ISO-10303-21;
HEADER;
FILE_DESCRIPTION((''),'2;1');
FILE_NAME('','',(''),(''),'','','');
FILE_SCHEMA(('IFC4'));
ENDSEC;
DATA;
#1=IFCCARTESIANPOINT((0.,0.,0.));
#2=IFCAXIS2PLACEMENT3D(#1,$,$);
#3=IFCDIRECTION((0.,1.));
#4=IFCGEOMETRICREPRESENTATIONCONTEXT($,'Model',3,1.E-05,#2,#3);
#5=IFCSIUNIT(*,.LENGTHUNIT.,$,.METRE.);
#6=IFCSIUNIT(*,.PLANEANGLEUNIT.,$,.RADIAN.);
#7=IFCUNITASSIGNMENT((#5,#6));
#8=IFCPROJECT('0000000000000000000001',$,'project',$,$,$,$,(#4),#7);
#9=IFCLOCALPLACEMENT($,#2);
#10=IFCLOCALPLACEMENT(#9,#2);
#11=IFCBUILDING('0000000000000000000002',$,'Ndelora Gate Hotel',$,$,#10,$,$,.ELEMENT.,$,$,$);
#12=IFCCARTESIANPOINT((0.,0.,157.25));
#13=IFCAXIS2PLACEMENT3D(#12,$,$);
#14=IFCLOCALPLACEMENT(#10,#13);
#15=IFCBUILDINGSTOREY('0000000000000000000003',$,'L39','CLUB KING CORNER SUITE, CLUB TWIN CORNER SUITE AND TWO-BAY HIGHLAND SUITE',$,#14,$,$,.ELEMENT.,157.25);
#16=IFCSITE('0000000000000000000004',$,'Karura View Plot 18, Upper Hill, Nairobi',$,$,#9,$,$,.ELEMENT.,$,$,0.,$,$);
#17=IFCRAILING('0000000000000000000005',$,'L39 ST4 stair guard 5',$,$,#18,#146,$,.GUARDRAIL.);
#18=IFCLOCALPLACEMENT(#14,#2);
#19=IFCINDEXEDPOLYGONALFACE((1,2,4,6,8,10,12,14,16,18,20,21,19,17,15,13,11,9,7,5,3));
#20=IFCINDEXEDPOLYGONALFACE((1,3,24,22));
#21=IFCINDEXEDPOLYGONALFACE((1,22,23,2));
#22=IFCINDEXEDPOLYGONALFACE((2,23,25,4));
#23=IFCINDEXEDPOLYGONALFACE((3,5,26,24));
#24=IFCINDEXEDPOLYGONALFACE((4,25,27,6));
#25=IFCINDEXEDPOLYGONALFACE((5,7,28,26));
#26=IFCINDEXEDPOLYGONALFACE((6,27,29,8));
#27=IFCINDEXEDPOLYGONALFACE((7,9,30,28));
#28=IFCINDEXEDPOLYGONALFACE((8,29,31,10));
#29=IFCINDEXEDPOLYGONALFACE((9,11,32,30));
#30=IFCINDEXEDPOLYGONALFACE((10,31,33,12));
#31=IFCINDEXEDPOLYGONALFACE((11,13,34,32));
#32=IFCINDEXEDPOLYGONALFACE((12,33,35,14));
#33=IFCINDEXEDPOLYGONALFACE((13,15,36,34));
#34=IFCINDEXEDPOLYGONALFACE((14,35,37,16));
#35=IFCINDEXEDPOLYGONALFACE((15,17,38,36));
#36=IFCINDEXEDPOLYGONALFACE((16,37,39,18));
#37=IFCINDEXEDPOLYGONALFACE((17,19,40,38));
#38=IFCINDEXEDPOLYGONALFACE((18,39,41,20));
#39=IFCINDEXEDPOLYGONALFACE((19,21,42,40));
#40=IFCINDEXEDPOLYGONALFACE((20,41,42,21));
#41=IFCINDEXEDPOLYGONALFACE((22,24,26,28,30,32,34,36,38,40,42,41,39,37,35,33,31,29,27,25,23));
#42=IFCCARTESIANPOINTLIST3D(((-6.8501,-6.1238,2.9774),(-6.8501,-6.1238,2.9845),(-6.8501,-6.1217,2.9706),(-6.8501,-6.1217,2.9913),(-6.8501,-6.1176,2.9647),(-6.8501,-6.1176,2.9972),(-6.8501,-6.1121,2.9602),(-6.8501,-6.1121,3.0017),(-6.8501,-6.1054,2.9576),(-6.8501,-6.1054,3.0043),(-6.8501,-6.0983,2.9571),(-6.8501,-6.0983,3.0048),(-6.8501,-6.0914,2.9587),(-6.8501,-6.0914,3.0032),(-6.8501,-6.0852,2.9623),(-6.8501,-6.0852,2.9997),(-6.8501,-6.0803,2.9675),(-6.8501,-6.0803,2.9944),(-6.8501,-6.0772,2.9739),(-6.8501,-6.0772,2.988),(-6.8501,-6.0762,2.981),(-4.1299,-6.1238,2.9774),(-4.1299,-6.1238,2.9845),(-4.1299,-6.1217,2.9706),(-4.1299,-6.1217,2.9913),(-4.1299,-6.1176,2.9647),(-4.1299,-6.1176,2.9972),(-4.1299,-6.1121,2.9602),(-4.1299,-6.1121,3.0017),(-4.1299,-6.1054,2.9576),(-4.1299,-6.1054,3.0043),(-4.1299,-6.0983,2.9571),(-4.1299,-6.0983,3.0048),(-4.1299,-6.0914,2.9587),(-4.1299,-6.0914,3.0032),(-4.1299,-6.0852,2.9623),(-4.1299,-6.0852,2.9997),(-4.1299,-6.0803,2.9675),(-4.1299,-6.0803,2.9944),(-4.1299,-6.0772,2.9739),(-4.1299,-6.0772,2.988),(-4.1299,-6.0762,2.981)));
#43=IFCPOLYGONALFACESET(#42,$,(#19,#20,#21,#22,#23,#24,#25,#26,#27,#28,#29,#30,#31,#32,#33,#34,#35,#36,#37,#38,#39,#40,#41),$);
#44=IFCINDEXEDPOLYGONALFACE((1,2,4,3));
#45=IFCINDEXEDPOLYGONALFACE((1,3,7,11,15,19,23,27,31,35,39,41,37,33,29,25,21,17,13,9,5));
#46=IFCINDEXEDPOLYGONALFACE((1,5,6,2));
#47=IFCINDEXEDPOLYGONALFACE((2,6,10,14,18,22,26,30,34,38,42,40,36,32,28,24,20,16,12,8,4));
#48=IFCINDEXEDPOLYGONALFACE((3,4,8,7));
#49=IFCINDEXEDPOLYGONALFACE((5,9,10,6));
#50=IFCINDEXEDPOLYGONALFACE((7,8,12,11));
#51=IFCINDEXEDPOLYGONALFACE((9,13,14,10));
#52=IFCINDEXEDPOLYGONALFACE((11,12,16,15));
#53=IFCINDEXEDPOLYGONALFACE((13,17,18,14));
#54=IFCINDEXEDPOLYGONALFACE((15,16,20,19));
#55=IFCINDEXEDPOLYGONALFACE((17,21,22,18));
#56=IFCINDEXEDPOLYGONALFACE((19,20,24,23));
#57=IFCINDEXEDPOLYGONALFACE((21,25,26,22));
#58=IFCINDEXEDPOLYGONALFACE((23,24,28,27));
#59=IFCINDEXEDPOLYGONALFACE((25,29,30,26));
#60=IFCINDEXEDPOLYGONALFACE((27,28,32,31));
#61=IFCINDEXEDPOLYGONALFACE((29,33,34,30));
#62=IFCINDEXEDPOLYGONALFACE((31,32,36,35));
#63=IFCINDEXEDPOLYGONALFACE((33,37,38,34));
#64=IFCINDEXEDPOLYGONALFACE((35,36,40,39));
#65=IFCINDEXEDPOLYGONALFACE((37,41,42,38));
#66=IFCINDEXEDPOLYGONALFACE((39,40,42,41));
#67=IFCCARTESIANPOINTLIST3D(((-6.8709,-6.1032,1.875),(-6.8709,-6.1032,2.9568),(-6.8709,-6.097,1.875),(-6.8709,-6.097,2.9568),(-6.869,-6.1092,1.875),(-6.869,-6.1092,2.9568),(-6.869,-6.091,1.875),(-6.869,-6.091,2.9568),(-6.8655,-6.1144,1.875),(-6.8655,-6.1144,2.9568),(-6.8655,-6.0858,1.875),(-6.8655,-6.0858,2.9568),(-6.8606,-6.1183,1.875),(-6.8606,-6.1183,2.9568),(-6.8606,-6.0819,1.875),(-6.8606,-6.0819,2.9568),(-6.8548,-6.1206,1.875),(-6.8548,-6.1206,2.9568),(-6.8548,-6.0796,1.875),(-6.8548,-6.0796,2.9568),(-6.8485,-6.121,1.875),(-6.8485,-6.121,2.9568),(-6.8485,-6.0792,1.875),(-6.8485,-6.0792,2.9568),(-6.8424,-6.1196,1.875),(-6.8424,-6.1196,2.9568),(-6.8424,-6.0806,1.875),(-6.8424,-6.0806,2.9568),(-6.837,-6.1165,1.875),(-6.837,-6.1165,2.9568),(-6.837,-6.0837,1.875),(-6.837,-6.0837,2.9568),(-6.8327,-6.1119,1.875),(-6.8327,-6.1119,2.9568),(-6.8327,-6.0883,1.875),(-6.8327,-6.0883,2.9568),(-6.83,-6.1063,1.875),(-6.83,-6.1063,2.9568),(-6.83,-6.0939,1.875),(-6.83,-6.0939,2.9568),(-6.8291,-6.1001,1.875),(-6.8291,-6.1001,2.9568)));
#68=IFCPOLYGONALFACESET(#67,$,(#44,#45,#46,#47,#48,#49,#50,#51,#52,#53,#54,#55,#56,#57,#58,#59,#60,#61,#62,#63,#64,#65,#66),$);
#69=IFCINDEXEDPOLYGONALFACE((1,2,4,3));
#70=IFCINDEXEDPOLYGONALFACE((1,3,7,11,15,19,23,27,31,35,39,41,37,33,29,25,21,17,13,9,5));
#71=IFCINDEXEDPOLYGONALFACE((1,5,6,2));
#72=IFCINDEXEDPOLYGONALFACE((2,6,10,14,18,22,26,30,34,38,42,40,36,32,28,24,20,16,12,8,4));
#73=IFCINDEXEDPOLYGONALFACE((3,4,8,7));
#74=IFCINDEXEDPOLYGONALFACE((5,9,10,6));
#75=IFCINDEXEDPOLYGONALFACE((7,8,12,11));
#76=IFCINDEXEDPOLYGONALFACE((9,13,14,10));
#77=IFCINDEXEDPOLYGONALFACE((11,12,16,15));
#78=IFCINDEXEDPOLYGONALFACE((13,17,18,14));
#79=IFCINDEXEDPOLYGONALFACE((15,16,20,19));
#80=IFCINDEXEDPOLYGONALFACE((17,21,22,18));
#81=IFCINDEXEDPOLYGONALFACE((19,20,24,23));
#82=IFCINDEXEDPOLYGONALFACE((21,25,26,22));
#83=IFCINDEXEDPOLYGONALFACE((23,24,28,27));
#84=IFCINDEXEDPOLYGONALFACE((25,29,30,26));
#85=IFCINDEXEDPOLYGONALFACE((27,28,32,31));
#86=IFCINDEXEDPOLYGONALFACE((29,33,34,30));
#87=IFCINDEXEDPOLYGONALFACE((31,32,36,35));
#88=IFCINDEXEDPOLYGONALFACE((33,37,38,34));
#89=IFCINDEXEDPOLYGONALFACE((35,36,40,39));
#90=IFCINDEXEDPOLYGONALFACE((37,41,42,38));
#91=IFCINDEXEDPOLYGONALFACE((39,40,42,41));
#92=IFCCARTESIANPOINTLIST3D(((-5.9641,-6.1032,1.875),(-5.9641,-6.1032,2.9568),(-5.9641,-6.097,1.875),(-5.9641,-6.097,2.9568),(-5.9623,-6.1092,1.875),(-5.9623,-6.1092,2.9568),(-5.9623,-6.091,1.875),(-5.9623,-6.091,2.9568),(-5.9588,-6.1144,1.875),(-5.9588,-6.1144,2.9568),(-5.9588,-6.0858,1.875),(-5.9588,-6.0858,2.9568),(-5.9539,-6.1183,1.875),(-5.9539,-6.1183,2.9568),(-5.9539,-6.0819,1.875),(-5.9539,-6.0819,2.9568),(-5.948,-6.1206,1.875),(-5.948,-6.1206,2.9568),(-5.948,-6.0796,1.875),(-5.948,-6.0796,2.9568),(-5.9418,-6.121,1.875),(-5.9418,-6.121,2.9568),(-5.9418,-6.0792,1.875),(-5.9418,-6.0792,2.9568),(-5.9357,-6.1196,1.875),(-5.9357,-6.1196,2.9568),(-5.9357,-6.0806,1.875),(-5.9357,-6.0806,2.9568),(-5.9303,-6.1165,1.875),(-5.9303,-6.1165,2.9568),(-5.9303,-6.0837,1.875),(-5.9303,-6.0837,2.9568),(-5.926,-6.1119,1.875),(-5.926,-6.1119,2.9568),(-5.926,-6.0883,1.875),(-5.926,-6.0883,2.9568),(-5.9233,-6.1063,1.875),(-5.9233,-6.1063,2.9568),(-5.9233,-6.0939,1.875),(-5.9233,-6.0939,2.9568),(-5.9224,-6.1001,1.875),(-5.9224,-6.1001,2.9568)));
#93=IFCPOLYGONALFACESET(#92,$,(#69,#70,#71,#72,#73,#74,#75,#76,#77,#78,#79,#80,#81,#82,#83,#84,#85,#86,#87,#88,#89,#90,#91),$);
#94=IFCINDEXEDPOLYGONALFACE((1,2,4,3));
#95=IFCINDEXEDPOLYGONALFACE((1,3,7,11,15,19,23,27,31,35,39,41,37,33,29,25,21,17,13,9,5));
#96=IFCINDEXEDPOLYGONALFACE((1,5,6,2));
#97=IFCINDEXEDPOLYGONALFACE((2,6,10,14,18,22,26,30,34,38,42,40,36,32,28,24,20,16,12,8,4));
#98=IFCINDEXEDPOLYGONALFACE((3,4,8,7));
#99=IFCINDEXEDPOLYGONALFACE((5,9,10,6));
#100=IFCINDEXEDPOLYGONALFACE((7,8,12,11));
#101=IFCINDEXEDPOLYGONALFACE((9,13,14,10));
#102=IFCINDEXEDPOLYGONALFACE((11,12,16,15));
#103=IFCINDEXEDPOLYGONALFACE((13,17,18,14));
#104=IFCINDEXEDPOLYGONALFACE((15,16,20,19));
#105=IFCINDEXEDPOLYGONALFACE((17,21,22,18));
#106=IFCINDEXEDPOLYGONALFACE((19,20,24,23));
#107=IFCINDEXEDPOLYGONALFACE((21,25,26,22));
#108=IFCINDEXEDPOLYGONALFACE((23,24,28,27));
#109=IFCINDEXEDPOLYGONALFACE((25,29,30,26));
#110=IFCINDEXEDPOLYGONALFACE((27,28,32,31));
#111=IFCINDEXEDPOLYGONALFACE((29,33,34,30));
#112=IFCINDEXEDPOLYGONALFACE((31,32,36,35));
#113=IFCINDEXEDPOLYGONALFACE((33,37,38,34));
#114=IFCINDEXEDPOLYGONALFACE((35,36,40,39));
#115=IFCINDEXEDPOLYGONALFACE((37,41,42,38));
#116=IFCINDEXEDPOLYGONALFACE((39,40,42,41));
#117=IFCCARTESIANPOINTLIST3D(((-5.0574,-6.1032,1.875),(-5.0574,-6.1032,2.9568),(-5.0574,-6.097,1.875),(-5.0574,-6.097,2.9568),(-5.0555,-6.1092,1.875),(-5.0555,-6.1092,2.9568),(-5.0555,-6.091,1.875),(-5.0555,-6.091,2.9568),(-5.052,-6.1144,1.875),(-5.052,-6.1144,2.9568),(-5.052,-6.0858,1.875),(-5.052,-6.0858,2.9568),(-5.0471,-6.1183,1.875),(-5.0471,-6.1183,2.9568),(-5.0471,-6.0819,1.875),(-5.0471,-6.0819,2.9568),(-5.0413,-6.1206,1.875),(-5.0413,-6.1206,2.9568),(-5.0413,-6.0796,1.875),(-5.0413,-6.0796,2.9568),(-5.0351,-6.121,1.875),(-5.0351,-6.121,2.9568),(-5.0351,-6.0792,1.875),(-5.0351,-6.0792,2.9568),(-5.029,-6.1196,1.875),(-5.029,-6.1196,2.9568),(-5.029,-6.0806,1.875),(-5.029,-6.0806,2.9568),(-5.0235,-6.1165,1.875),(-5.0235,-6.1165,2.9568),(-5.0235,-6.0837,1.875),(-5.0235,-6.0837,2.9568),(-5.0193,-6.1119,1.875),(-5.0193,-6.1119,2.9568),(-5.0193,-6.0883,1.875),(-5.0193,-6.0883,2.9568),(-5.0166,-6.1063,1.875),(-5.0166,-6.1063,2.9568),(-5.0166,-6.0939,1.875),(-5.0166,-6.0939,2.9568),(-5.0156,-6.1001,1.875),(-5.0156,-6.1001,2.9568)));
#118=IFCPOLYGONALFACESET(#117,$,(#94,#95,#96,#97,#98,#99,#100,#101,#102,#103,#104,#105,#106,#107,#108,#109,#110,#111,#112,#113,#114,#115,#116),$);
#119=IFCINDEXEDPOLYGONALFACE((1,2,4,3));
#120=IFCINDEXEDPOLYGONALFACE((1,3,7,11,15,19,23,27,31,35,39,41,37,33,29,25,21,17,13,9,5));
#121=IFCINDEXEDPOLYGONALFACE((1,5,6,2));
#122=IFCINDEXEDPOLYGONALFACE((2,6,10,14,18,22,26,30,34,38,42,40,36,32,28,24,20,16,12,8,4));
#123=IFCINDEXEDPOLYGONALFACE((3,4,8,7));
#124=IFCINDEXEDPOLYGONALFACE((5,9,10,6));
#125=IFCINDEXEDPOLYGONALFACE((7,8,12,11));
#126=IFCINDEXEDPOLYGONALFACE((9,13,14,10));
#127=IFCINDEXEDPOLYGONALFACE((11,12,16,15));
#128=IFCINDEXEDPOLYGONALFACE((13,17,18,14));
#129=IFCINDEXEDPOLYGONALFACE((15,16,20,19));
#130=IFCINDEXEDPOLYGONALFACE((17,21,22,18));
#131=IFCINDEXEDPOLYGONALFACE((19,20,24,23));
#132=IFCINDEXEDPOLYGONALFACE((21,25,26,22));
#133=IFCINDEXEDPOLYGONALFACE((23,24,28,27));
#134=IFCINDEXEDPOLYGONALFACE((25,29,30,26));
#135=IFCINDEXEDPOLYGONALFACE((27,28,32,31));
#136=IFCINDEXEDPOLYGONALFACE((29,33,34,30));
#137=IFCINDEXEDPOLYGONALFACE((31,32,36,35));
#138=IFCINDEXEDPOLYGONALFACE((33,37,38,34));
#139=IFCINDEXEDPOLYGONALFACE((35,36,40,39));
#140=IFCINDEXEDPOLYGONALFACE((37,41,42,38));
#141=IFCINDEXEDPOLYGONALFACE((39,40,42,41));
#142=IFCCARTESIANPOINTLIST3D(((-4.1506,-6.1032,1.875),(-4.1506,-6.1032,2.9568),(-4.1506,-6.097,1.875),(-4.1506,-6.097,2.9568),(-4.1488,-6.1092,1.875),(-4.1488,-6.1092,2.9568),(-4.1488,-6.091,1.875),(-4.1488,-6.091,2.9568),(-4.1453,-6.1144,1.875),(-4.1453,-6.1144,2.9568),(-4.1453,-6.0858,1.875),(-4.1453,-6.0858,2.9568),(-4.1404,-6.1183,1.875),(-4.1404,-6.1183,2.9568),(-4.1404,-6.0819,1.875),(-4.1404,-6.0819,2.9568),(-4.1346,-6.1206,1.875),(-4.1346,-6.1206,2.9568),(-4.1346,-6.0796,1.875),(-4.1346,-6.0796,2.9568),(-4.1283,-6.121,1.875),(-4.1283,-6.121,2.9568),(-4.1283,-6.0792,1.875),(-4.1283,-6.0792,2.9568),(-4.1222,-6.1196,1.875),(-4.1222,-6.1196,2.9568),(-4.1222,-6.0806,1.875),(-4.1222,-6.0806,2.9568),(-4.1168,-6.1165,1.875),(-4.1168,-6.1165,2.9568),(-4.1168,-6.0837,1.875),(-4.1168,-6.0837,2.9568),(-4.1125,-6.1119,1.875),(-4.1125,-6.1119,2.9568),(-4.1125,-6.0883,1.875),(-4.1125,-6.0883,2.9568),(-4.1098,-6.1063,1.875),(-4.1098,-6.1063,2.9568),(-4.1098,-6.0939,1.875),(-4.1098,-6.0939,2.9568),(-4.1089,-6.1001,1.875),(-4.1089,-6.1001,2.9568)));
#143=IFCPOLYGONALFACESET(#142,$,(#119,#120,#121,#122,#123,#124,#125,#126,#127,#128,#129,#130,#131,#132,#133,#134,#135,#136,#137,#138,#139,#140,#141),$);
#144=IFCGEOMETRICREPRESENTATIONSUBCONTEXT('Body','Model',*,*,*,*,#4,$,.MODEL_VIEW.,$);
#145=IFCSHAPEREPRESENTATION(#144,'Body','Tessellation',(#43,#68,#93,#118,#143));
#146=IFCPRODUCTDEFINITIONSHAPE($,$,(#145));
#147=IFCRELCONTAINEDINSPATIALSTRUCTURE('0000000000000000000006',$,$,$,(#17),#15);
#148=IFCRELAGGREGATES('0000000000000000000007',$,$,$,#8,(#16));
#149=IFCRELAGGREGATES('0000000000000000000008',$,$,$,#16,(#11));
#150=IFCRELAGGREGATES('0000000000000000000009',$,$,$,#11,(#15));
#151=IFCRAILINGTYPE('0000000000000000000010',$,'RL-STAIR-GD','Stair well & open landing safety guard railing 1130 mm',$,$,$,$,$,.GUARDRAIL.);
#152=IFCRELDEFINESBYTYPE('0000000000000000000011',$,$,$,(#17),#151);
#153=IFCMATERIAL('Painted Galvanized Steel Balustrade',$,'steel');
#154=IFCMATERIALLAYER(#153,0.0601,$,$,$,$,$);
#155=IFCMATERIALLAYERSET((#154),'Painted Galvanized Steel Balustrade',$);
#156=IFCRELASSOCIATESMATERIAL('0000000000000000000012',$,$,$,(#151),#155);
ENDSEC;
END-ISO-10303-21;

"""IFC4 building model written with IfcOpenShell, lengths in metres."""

from ifc_helpers import new_model, si_unit, direction, frame, origin, origin_2d, place, context, subcontext, project, spatial, circle, extrude, material, layer, layer_set, type_object, element, save


model = new_model("IFC4")

# Units and contexts
model_context = context("Model", 3, precision=1e-05, world=origin(), true_north=direction((0.0, 1.0)))
body_context = subcontext(model_context, "Body", "Model", "MODEL_VIEW")
ifc_project = project(units=[si_unit("LENGTHUNIT", "METRE"), si_unit("PLANEANGLEUNIT", "RADIAN")], contexts=[model_context])

# Site, building, storey
site_placement = place(None, origin())
site = spatial("IfcSite", under=ifc_project, at=site_placement, Name="Karura View Plot 18, Upper Hill, Nairobi", CompositionType="ELEMENT", RefElevation=0.0)
building_placement = place(site_placement, origin())
building = spatial("IfcBuilding", under=site, at=building_placement, Name="Ndelora Gate Hotel", CompositionType="ELEMENT")
storey_placement = place(building_placement, frame((0.0, 0.0, 157.25)))
storey = spatial("IfcBuildingStorey", under=building, at=storey_placement, Name="L39", Description="CLUB KING CORNER SUITE, CLUB TWIN CORNER SUITE AND TWO-BAY HIGHLAND SUITE", CompositionType="ELEMENT", Elevation=157.25)

# Railing
ifc_material_1 = material(Name="Painted Galvanized Steel Balustrade", Category="steel")
ifc_layer_1 = layer(ifc_material_1, 0.0601)
ifc_layer_set_1 = layer_set([ifc_layer_1], Name="Painted Galvanized Steel Balustrade")
railing_type_1 = type_object("IfcRailingType", Name="RL-STAIR-GD", Description="Stair well & open landing safety guard railing 1130 mm", PredefinedType="GUARDRAIL", material=ifc_layer_set_1)
railing_1_placement = place(storey_placement, frame((-6.8501, -6.1001, 1.875)))
element("IfcRailing", 1, at=railing_1_placement, inside=storey, type_object=railing_type_1, Name="L39 ST4 stair guard 5", PredefinedType="GUARDRAIL", context=body_context, shape_type="SweptSolid", body=[
    extrude(circle(Radius=0.0239, at=origin_2d()), frame((0.0, 0.0, 1.106), z_axis=(1.0, 0.0, 0.0), x_axis=(0.0, 1.0, 0.0)), (0.0, 0.0, 1.0), 2.7202),
    extrude(circle(Radius=0.021, at=origin_2d()), origin(), (0.0, 0.0, 1.0), 1.0818),
    extrude(circle(Radius=0.021, at=origin_2d()), frame((0.9067, 0.0, 0.0)), (0.0, 0.0, 1.0), 1.0818),
    extrude(circle(Radius=0.021, at=origin_2d()), frame((1.8135, 0.0, 0.0)), (0.0, 0.0, 1.0), 1.0818),
    extrude(circle(Radius=0.021, at=origin_2d()), frame((2.7202, 0.0, 0.0)), (0.0, 0.0, 1.0), 1.0818),
])

save(model, "model.ifc")
